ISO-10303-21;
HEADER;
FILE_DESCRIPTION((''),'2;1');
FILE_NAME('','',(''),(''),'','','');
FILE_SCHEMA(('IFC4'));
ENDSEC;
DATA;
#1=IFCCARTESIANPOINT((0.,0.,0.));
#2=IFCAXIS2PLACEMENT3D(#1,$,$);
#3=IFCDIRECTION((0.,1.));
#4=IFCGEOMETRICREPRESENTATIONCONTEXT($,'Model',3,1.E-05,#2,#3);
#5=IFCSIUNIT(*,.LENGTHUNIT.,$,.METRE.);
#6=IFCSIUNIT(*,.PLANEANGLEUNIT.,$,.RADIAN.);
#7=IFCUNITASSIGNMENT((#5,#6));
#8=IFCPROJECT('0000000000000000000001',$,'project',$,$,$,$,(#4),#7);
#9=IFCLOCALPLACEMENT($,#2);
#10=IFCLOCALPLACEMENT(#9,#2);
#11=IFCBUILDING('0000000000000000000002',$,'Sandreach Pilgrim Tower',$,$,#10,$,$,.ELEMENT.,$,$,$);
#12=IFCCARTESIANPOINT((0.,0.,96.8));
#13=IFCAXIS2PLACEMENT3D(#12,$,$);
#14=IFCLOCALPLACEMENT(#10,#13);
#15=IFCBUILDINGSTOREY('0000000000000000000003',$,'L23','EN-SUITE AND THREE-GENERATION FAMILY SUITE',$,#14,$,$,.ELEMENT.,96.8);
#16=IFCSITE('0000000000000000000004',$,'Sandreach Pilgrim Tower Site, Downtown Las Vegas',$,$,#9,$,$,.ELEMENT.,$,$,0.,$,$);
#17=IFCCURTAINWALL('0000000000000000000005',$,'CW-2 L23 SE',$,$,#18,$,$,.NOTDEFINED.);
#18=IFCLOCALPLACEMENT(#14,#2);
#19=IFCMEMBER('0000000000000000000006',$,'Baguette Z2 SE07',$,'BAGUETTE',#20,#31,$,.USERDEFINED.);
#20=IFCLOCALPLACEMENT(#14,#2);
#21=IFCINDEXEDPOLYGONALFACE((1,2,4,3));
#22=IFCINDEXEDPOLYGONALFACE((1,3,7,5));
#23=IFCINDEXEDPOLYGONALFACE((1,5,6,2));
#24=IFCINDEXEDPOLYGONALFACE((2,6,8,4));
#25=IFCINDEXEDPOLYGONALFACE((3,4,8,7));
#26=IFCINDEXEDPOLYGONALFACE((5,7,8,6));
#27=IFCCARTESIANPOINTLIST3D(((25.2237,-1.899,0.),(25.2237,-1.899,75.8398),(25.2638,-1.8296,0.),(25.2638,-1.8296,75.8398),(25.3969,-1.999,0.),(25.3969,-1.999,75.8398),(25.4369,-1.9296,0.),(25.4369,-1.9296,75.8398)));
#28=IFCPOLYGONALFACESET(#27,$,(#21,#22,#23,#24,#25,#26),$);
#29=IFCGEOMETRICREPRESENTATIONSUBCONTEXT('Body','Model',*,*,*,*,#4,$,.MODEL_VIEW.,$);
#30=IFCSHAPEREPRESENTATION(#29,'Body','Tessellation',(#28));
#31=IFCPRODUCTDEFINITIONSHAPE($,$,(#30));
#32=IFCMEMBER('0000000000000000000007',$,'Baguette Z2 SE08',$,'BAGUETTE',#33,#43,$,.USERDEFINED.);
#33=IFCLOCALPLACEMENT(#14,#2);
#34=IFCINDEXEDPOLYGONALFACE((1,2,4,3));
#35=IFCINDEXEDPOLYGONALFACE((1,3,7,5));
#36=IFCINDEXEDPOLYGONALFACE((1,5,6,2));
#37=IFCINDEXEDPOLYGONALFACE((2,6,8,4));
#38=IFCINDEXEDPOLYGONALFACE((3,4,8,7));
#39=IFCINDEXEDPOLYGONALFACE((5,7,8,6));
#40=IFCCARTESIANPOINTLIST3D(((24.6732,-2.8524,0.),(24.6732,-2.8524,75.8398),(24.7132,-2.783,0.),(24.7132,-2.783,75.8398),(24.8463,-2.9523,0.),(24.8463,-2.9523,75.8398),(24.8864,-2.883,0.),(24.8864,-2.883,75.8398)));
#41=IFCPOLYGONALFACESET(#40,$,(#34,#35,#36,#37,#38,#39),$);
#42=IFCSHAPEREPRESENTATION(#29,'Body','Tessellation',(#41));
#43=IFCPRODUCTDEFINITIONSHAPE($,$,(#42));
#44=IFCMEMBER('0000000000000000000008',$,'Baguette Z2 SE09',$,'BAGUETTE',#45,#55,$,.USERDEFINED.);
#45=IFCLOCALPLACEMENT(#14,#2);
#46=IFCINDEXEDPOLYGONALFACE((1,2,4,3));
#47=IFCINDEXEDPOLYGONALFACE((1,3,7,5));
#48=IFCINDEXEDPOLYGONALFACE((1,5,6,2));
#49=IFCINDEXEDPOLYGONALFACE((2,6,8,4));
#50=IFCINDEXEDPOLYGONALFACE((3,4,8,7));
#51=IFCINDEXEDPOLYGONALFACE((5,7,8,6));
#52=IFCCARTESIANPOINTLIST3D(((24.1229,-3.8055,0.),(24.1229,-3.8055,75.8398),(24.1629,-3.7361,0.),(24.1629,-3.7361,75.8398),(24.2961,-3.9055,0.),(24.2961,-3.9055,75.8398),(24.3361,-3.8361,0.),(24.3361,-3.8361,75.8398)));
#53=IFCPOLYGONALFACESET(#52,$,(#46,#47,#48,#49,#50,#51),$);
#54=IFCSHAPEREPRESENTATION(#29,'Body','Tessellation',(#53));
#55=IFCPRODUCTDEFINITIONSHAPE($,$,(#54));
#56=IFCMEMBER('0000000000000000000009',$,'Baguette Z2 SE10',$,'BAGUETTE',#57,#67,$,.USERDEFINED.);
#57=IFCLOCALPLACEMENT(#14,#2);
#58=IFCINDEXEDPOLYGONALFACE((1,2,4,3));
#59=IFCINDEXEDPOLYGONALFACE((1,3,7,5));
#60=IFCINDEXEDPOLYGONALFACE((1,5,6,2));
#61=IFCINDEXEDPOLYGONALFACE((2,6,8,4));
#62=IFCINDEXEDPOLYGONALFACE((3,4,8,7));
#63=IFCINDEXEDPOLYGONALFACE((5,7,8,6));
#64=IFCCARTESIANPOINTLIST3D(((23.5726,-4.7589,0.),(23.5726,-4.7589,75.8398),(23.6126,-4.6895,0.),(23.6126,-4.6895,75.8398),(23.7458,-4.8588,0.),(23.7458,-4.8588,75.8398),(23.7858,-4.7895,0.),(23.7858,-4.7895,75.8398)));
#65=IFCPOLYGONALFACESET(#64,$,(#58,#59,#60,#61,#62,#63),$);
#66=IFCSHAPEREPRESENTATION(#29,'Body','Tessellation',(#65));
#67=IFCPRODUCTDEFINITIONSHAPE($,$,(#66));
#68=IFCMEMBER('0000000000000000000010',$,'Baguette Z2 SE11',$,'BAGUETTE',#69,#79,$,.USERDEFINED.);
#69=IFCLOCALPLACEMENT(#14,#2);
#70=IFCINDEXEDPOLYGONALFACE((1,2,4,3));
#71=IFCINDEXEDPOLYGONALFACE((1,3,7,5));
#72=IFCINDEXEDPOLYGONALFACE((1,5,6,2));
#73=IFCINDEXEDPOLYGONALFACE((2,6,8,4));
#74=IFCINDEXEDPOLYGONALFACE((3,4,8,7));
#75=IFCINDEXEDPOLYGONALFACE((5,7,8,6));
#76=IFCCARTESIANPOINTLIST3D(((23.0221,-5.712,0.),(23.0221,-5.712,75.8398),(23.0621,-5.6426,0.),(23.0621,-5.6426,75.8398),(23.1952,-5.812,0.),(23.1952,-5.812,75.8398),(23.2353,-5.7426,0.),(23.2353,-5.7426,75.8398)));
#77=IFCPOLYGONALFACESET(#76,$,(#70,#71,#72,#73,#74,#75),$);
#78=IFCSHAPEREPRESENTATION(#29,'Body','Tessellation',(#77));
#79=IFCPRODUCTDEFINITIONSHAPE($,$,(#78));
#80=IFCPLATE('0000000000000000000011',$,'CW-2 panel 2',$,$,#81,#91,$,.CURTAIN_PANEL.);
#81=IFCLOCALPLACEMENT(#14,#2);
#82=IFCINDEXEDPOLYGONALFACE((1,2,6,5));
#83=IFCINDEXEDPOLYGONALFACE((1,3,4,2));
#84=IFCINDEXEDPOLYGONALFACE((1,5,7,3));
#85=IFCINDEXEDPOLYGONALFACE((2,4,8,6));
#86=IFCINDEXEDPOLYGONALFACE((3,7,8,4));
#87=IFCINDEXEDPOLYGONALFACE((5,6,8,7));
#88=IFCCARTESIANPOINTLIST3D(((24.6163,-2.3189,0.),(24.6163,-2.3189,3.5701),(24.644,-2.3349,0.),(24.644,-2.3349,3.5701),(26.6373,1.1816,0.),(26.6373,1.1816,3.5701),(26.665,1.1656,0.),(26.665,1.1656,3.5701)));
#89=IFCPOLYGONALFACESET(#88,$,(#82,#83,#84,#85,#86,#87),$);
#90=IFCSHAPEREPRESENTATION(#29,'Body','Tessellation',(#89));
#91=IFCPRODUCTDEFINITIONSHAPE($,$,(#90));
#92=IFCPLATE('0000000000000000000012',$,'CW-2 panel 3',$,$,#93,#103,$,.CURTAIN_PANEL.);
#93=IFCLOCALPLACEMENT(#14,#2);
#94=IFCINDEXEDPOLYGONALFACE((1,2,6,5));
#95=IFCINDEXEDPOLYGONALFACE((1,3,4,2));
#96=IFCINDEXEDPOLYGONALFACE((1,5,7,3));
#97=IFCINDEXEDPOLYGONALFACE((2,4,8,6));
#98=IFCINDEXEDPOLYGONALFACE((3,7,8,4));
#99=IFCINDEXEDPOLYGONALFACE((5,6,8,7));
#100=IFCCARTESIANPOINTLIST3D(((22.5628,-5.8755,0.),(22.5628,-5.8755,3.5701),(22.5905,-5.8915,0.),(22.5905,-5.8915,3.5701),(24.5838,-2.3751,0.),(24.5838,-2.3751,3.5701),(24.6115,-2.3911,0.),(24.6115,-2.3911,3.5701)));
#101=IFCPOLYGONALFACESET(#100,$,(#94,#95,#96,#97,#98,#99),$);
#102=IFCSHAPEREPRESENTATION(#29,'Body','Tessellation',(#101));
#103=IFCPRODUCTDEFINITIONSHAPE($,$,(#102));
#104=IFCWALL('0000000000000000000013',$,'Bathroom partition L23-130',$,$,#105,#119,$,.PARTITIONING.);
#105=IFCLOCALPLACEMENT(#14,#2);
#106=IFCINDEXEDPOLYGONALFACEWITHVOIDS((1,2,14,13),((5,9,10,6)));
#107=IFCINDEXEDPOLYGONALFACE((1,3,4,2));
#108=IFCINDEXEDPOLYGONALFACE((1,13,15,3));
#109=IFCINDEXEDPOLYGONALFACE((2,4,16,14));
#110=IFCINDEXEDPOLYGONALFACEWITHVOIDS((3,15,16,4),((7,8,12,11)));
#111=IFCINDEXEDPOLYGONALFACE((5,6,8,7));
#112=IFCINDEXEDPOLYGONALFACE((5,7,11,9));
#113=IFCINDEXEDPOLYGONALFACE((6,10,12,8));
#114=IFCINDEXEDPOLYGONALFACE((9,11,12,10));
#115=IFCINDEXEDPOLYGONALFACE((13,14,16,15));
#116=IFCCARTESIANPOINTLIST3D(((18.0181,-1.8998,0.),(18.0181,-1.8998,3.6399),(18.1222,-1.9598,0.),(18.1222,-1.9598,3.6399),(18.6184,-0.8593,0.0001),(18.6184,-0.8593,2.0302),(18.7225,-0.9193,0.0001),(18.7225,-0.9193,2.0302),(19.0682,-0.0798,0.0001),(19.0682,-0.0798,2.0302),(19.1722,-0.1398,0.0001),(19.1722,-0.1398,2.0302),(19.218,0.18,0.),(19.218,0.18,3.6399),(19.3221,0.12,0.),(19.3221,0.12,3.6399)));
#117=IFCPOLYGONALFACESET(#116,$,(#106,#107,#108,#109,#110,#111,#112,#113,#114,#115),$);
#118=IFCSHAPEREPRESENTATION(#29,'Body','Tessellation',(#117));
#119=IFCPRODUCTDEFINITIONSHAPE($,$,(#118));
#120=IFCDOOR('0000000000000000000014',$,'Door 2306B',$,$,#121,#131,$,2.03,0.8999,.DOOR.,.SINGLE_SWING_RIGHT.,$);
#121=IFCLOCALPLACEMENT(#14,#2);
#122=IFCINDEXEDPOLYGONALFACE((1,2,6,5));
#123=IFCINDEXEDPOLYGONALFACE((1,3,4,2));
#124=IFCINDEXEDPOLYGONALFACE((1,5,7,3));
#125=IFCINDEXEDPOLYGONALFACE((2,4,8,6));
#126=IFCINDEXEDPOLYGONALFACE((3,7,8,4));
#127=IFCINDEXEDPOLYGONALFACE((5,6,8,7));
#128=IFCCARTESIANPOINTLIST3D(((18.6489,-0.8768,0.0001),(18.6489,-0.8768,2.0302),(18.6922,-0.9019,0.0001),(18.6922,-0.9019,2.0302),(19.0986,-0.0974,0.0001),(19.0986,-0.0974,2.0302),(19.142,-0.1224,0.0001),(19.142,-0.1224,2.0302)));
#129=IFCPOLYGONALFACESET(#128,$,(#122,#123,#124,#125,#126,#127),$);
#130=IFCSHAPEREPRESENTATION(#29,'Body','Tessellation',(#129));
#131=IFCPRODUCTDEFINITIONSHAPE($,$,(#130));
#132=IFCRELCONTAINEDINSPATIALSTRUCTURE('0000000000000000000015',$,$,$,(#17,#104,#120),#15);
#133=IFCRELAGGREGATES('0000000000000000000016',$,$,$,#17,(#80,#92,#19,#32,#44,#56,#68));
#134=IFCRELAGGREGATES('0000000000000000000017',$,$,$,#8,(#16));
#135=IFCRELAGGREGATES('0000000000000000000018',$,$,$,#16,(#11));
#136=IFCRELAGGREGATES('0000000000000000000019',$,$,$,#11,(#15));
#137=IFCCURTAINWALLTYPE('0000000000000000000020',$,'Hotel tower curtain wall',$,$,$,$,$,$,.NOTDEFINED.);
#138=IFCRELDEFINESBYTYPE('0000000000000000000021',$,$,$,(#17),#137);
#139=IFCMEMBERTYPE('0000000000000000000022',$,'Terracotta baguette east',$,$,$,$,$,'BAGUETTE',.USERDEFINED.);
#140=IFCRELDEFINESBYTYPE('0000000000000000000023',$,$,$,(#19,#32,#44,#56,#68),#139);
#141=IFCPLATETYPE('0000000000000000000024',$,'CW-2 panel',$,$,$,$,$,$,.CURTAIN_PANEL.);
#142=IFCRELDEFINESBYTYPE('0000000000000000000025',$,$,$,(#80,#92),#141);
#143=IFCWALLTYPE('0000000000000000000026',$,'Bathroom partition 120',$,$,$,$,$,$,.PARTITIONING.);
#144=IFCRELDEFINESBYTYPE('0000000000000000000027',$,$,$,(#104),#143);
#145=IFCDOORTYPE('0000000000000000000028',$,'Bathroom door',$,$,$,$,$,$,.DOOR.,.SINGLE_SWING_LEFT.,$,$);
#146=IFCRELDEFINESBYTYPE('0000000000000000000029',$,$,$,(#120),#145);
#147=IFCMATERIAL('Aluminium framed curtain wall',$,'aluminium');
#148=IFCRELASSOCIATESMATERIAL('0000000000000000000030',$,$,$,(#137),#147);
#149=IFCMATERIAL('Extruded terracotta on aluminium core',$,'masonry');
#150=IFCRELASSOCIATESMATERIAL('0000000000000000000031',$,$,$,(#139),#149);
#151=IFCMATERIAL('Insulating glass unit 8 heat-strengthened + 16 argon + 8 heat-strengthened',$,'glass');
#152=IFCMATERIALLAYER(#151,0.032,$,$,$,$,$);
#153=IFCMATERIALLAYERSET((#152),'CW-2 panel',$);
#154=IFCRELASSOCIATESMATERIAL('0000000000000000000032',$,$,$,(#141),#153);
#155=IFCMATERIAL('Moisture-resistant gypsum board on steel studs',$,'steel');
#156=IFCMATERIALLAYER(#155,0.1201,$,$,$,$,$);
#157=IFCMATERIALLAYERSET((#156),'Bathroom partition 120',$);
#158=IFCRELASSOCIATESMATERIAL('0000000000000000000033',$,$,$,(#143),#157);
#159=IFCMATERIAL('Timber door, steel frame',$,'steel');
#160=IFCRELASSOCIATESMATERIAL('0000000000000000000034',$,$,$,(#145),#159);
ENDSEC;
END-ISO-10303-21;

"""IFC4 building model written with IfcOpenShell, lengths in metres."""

from ifc_helpers import new_model, si_unit, direction, frame, frame_2d, origin, origin_2d, place, context, subcontext, project, spatial, rectangle, extrude, material, layer, layer_set, material_profile, profile_set, type_object, element, fill, aggregate, save


model = new_model("IFC4")

# Units and contexts
model_context = context("Model", 3, precision=1e-05, world=origin(), true_north=direction((0.0, 1.0)))
body_context = subcontext(model_context, "Body", "Model", "MODEL_VIEW")
ifc_project = project(units=[si_unit("LENGTHUNIT", "METRE"), si_unit("PLANEANGLEUNIT", "RADIAN")], contexts=[model_context])

# Site, building, storey
site_placement = place(None, origin())
site = spatial("IfcSite", under=ifc_project, at=site_placement, Name="Sandreach Pilgrim Tower Site, Downtown Las Vegas", CompositionType="ELEMENT", RefElevation=0.0)
building_placement = place(site_placement, origin())
building = spatial("IfcBuilding", under=site, at=building_placement, Name="Sandreach Pilgrim Tower", CompositionType="ELEMENT")
storey_placement = place(building_placement, frame((0.0, 0.0, 96.8)))
storey = spatial("IfcBuildingStorey", under=building, at=storey_placement, Name="L23", Description="EN-SUITE AND THREE-GENERATION FAMILY SUITE", CompositionType="ELEMENT", Elevation=96.8)

# Curtain wall
ifc_material_1 = material(Name="Aluminium framed curtain wall", Category="aluminium")
curtain_wall_type = type_object("IfcCurtainWallType", Name="Hotel tower curtain wall", PredefinedType="NOTDEFINED", material=ifc_material_1)
curtain_wall_placement = place(storey_placement, origin())
curtain_wall = element("IfcCurtainWall", 1, at=curtain_wall_placement, inside=storey, type_object=curtain_wall_type, Name="CW-2 L23 SE", PredefinedType="NOTDEFINED")

# Members
ifc_material_2 = material(Name="Extruded terracotta on aluminium core", Category="masonry")
ifc_material_profile_1 = material_profile(ifc_material_2, rectangle(XDim=0.0801, YDim=0.2, at=origin_2d()), Name="TBE 80X200")
ifc_profile_set_1 = profile_set([ifc_material_profile_1], Name="Extruded terracotta on aluminium core")
member_type_1 = type_object("IfcMemberType", Name="Terracotta baguette east", ElementType="BAGUETTE", PredefinedType="USERDEFINED", material=ifc_profile_set_1)
member_1_placement = place(storey_placement, frame((25.3303, -1.9143, 0.0), z_axis=(0.0, 0.0, 1.0), x_axis=(-0.5, -0.866025, 0.0)))
member_1 = element("IfcMember", 2, at=member_1_placement, type_object=member_type_1, Name="Baguette Z2 SE07", ObjectType="BAGUETTE", PredefinedType="USERDEFINED", context=body_context, shape_type="SweptSolid", body=[
    extrude(rectangle(XDim=0.0801, YDim=0.2, at=origin_2d()), origin(), (0.0, 0.0, 1.0), 75.8398),
])
member_2_placement = place(storey_placement, frame((24.7798, -2.8677, 0.0), z_axis=(0.0, 0.0, 1.0), x_axis=(-0.5, -0.866025, 0.0)))
member_2 = element("IfcMember", 3, at=member_2_placement, type_object=member_type_1, Name="Baguette Z2 SE08", ObjectType="BAGUETTE", PredefinedType="USERDEFINED", context=body_context, shape_type="SweptSolid", body=[
    extrude(rectangle(XDim=0.0801, YDim=0.2, at=origin_2d()), origin(), (0.0, 0.0, 1.0), 75.8398),
])
member_3_placement = place(storey_placement, frame((24.2295, -3.8208, 0.0), z_axis=(0.0, 0.0, 1.0), x_axis=(-0.5, -0.866025, 0.0)))
member_3 = element("IfcMember", 4, at=member_3_placement, type_object=member_type_1, Name="Baguette Z2 SE09", ObjectType="BAGUETTE", PredefinedType="USERDEFINED", context=body_context, shape_type="SweptSolid", body=[
    extrude(rectangle(XDim=0.0801, YDim=0.2, at=origin_2d()), origin(), (0.0, 0.0, 1.0), 75.8398),
])
member_4_placement = place(storey_placement, frame((23.6792, -4.7742, 0.0), z_axis=(0.0, 0.0, 1.0), x_axis=(-0.5, -0.866025, 0.0)))
member_4 = element("IfcMember", 5, at=member_4_placement, type_object=member_type_1, Name="Baguette Z2 SE10", ObjectType="BAGUETTE", PredefinedType="USERDEFINED", context=body_context, shape_type="SweptSolid", body=[
    extrude(rectangle(XDim=0.0801, YDim=0.2, at=origin_2d()), origin(), (0.0, 0.0, 1.0), 75.8398),
])
member_5_placement = place(storey_placement, frame((23.1287, -5.7273, 0.0), z_axis=(0.0, 0.0, 1.0), x_axis=(-0.5, -0.866025, 0.0)))
member_5 = element("IfcMember", 6, at=member_5_placement, type_object=member_type_1, Name="Baguette Z2 SE11", ObjectType="BAGUETTE", PredefinedType="USERDEFINED", context=body_context, shape_type="SweptSolid", body=[
    extrude(rectangle(XDim=0.0801, YDim=0.2, at=origin_2d()), origin(), (0.0, 0.0, 1.0), 75.8398),
])

# Plates
ifc_material_3 = material(Name="Insulating glass unit 8 heat-strengthened + 16 argon + 8 heat-strengthened", Category="glass")
ifc_layer_1 = layer(ifc_material_3, 0.032)
ifc_layer_set_1 = layer_set([ifc_layer_1], Name="CW-2 panel")
plate_type = type_object("IfcPlateType", Name="CW-2 panel", PredefinedType="CURTAIN_PANEL", material=ifc_layer_set_1)
plate_1_placement = place(storey_placement, frame((25.6406, -0.5767, 0.0), z_axis=(0.0, 0.0, 1.0), x_axis=(-0.5, -0.866025, 0.0)))
plate_1 = element("IfcPlate", 7, at=plate_1_placement, type_object=plate_type, Name="CW-2 panel 2", PredefinedType="CURTAIN_PANEL", context=body_context, shape_type="SweptSolid", body=[
    extrude(rectangle(XDim=4.042, YDim=0.032, at=origin_2d()), origin(), (0.0, 0.0, 1.0), 3.5701),
])
plate_2_placement = place(storey_placement, frame((23.5872, -4.1333, 0.0), z_axis=(0.0, 0.0, 1.0), x_axis=(-0.5, -0.866025, 0.0)))
plate_2 = element("IfcPlate", 8, at=plate_2_placement, type_object=plate_type, Name="CW-2 panel 3", PredefinedType="CURTAIN_PANEL", context=body_context, shape_type="SweptSolid", body=[
    extrude(rectangle(XDim=4.042, YDim=0.032, at=origin_2d()), origin(), (0.0, 0.0, 1.0), 3.5701),
])
aggregate(curtain_wall, [plate_1, plate_2, member_1, member_2, member_3, member_4, member_5])

# Wall, opening, door
ifc_material_4 = material(Name="Moisture-resistant gypsum board on steel studs", Category="steel")
ifc_layer_2 = layer(ifc_material_4, 0.1201)
ifc_layer_set_2 = layer_set([ifc_layer_2], Name="Bathroom partition 120")
wall_type_1 = type_object("IfcWallType", Name="Bathroom partition 120", PredefinedType="PARTITIONING", material=ifc_layer_set_2)
wall_1_placement = place(storey_placement, frame((18.0701, -1.9299, 0.0), z_axis=(0.0, 0.0, 1.0), x_axis=(0.499737, 0.866177, 0.0)))
wall_1 = element("IfcWall", 9, at=wall_1_placement, inside=storey, type_object=wall_type_1, Name="Bathroom partition L23-130", PredefinedType="PARTITIONING", context=body_context, shape_type="SweptSolid", body=[
    extrude(rectangle(XDim=2.4011, YDim=0.1201, at=frame_2d((1.2007, 0.0))), origin(), (0.0, 0.0, 1.0), 3.6399),
])
opening_1_placement = place(wall_1_placement, frame((1.2014, 0.0, 0.0)))
opening_1 = element("IfcOpeningElement", 10, at=opening_1_placement, cuts=wall_1, PredefinedType="OPENING", context=body_context, shape_type="SweptSolid", body=[
    extrude(rectangle(XDim=0.8999, YDim=2.03, at=frame_2d((0.45, 1.0151))), frame((0.0, 0.0601, 0.0), z_axis=(0.0, -1.0, 0.0), x_axis=(1.0, 0.0, 0.0)), (0.0, 0.0, 1.0), 0.1201),
])
ifc_material_5 = material(Name="Timber door, steel frame", Category="steel")
door_type_1 = type_object("IfcDoorType", Name="Bathroom door", OperationType="SINGLE_SWING_LEFT", PredefinedType="DOOR", material=ifc_material_5)
door_1_placement = place(opening_1_placement, origin())
door_1 = element("IfcDoor", 11, at=door_1_placement, inside=storey, type_object=door_type_1, Name="Door 2306B", OperationType="SINGLE_SWING_RIGHT", OverallHeight=2.03, OverallWidth=0.8999, PredefinedType="DOOR", context=body_context, shape_type="SweptSolid", body=[
    extrude(rectangle(XDim=0.8999, YDim=2.03, at=frame_2d((0.45, 1.0151))), frame((0.0, 0.0249, 0.0), z_axis=(0.0, -1.0, 0.0), x_axis=(1.0, 0.0, 0.0)), (0.0, 0.0, 1.0), 0.05),
])
fill(opening_1, door_1)

save(model, "model.ifc")
